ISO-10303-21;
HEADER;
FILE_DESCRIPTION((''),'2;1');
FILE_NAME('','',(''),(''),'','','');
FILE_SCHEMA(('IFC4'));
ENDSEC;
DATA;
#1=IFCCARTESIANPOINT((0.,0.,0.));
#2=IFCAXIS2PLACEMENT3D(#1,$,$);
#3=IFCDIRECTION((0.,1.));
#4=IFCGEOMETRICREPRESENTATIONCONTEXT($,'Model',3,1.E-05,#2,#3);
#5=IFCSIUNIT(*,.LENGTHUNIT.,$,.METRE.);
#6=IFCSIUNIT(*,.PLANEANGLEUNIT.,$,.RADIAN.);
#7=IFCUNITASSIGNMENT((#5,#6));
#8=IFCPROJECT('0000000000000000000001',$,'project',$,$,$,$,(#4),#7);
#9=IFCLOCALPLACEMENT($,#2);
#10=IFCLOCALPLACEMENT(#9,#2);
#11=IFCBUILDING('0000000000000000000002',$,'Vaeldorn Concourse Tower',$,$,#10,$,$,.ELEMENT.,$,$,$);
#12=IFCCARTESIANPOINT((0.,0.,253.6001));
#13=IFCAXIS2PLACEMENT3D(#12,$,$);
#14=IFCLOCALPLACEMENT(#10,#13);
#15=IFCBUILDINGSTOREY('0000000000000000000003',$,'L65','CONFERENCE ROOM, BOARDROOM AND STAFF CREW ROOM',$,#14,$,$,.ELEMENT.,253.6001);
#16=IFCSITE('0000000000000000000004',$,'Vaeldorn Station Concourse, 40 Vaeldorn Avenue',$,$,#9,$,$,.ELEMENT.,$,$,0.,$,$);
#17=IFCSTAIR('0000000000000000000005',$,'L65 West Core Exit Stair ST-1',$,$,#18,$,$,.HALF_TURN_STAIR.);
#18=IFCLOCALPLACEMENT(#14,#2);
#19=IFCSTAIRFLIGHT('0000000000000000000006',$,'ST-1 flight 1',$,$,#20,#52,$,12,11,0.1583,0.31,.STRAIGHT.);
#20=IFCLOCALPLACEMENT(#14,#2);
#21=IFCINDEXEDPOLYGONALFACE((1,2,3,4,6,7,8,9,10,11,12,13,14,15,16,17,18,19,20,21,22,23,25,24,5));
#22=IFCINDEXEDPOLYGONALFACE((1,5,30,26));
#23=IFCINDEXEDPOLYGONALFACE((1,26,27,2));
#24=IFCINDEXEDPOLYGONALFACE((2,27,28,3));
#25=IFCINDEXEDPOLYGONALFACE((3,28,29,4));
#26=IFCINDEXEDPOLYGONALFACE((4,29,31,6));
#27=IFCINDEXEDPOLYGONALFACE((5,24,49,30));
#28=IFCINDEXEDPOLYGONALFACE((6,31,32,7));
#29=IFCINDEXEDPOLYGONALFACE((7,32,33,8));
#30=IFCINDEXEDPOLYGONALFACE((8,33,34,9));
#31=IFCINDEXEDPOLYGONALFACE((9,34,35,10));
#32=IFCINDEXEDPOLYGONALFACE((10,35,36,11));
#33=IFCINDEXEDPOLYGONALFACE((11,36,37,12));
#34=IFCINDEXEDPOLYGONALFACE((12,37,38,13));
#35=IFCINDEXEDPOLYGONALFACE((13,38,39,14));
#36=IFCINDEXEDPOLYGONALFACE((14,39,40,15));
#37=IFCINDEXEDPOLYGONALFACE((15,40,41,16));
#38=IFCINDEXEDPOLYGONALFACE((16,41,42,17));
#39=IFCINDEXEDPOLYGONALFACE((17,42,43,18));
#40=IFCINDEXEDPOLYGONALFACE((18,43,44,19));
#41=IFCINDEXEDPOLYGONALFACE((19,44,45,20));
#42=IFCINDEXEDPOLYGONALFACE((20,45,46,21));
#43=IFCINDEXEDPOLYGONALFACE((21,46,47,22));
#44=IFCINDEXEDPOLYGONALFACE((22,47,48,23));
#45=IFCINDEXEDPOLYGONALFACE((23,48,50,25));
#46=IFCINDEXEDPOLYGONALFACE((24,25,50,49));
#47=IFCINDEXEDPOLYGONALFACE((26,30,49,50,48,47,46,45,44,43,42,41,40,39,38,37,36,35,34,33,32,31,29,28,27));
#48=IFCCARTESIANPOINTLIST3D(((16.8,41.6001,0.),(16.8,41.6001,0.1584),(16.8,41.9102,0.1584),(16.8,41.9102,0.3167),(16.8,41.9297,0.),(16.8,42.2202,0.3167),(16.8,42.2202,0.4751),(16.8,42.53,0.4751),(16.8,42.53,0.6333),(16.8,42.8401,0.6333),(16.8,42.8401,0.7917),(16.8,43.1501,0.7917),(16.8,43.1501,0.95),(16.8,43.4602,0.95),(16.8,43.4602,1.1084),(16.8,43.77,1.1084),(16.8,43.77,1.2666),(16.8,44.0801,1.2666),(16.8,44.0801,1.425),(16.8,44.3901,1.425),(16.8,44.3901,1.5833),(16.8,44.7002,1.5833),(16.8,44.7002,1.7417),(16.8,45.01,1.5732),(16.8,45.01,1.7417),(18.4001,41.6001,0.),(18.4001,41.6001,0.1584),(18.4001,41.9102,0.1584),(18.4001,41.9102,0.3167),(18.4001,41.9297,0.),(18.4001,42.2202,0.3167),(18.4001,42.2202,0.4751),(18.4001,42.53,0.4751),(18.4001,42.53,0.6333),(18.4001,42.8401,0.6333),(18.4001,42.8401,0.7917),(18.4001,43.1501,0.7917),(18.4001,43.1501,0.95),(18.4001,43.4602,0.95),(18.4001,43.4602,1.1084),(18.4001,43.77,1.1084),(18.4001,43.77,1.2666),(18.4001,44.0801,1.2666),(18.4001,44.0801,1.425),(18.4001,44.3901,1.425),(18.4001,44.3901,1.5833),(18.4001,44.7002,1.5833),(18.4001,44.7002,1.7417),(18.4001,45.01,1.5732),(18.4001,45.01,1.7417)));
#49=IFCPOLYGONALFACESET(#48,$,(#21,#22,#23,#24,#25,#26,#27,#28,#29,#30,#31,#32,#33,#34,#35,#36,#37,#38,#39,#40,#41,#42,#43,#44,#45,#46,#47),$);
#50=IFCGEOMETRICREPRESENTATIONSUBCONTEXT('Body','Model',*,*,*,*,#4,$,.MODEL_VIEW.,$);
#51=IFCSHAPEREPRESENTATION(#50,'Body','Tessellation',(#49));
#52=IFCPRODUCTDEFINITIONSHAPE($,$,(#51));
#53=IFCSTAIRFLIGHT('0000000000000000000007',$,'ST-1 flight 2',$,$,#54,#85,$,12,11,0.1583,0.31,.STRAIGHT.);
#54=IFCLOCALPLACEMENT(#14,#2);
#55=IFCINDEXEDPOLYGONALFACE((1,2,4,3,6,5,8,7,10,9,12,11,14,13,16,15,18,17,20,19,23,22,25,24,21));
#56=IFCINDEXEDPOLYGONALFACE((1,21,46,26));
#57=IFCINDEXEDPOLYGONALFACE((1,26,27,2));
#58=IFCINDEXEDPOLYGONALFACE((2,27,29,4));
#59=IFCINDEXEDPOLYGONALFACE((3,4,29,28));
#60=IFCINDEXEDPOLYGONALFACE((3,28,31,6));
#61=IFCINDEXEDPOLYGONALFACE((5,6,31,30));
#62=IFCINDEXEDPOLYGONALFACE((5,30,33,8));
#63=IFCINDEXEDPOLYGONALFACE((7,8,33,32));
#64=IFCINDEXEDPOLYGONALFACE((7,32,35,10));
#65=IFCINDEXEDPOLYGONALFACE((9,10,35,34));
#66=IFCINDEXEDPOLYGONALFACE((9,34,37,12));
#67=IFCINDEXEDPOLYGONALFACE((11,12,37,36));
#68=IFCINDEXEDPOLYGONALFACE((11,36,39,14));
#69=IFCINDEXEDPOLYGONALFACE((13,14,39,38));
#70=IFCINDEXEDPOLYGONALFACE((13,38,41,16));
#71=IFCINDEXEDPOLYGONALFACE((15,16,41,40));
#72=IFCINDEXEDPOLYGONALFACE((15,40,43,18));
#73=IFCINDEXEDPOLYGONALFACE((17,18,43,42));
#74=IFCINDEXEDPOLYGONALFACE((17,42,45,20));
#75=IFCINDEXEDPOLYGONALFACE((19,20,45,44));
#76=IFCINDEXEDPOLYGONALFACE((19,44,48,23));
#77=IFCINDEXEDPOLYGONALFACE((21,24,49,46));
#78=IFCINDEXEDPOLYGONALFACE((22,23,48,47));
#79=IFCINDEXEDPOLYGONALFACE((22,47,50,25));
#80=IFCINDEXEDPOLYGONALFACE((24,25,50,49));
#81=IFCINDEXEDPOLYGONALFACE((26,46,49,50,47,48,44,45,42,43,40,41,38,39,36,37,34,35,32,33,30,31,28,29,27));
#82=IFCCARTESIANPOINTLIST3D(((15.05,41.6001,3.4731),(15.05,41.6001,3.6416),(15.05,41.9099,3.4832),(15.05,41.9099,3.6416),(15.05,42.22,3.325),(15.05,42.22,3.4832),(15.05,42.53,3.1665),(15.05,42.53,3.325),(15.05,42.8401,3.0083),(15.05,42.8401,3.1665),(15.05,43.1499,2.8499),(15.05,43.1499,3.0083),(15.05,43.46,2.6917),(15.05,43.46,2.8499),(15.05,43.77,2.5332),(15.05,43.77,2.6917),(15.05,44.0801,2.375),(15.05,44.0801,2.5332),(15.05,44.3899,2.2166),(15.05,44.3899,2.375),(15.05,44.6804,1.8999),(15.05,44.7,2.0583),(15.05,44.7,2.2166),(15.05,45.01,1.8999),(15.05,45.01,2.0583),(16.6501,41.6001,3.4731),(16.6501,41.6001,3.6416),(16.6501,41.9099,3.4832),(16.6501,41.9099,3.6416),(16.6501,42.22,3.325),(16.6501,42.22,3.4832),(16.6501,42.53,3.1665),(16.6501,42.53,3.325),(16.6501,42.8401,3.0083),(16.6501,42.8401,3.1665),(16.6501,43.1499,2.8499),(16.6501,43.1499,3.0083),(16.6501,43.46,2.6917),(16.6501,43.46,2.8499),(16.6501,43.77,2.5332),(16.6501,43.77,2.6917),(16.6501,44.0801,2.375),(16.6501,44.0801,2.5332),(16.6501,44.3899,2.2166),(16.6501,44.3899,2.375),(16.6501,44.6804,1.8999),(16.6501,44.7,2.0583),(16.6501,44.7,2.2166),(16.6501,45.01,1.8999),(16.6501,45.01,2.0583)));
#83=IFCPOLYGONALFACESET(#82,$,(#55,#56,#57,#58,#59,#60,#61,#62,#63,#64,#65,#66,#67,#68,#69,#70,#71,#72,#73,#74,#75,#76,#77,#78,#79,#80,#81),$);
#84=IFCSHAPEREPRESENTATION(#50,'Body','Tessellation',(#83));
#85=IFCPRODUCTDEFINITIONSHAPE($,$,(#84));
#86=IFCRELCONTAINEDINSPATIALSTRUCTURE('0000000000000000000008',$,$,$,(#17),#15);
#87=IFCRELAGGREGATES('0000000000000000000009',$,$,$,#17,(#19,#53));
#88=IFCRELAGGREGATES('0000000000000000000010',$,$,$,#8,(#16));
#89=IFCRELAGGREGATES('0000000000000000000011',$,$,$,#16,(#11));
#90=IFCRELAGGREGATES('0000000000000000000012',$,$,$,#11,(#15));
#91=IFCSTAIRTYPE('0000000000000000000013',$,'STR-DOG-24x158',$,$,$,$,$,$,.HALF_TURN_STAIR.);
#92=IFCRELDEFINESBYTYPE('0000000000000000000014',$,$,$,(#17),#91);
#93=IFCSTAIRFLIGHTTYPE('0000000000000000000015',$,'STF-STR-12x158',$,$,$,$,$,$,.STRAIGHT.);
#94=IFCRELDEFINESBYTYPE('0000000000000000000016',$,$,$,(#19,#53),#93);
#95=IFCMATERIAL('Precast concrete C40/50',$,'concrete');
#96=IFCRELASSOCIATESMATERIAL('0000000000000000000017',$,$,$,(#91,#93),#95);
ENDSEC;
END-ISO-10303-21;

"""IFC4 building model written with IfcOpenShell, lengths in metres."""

from ifc_helpers import new_model, si_unit, direction, frame, origin, place, context, subcontext, project, spatial, polyline, outline, extrude, material, type_object, element, aggregate, save


model = new_model("IFC4")

# Units and contexts
model_context = context("Model", 3, precision=1e-05, world=origin(), true_north=direction((0.0, 1.0)))
body_context = subcontext(model_context, "Body", "Model", "MODEL_VIEW")
ifc_project = project(units=[si_unit("LENGTHUNIT", "METRE"), si_unit("PLANEANGLEUNIT", "RADIAN")], contexts=[model_context])

# Site, building, storey
site_placement = place(None, origin())
site = spatial("IfcSite", under=ifc_project, at=site_placement, Name="Vaeldorn Station Concourse, 40 Vaeldorn Avenue", CompositionType="ELEMENT", RefElevation=0.0)
building_placement = place(site_placement, origin())
building = spatial("IfcBuilding", under=site, at=building_placement, Name="Vaeldorn Concourse Tower", CompositionType="ELEMENT")
storey_placement = place(building_placement, frame((0.0, 0.0, 253.6001)))
storey = spatial("IfcBuildingStorey", under=building, at=storey_placement, Name="L65", Description="CONFERENCE ROOM, BOARDROOM AND STAFF CREW ROOM", CompositionType="ELEMENT", Elevation=253.6001)

# Stair, stair flights
ifc_material_1 = material(Name="Precast concrete C40/50", Category="concrete")
stair_type = type_object("IfcStairType", Name="STR-DOG-24x158", PredefinedType="HALF_TURN_STAIR", material=ifc_material_1)
stair_placement = place(storey_placement, origin())
stair = element("IfcStair", 1, at=stair_placement, inside=storey, type_object=stair_type, Name="L65 West Core Exit Stair ST-1", PredefinedType="HALF_TURN_STAIR")
stair_flight_type = type_object("IfcStairFlightType", Name="STF-STR-12x158", PredefinedType="STRAIGHT", material=ifc_material_1)
stair_flight_1_placement = place(storey_placement, frame((17.6001, 41.6001, 0.0), z_axis=(0.0, 0.0, 1.0), x_axis=(0.0, 1.0, 0.0)))
stair_flight_1 = element("IfcStairFlight", 2, at=stair_flight_1_placement, type_object=stair_flight_type, Name="ST-1 flight 1", NumberOfRisers=12, NumberOfTreads=11, PredefinedType="STRAIGHT", RiserHeight=0.1583, TreadLength=0.31, context=body_context, shape_type="SweptSolid", body=[
    extrude(outline(polyline([(0.0, 0.0), (0.0, 0.1584), (0.3101, 0.1584), (0.3101, 0.3167), (0.6201, 0.3167), (0.6201, 0.4751), (0.9299, 0.4751), (0.9299, 0.6333), (1.24, 0.6333), (1.24, 0.7917), (1.55, 0.7917), (1.55, 0.95), (1.8601, 0.95), (1.8601, 1.1084), (2.1699, 1.1084), (2.1699, 1.2666), (2.48, 1.2666), (2.48, 1.425), (2.79, 1.425), (2.79, 1.5833), (3.1001, 1.5833), (3.1001, 1.7417), (3.4099, 1.7417), (3.4099, 1.8999), (3.4099, 1.5732), (0.3296, 0.0), (0.0, 0.0)])), frame((0.0, 0.8, 0.0), z_axis=(0.0, -1.0, 0.0), x_axis=(1.0, 0.0, 0.0)), (0.0, 0.0, 1.0), 1.6001),
])
stair_flight_2_placement = place(storey_placement, frame((15.8501, 45.01, 1.8999), z_axis=(0.0, 0.0, 1.0), x_axis=(0.0, -1.0, 0.0)))
stair_flight_2 = element("IfcStairFlight", 3, at=stair_flight_2_placement, type_object=stair_flight_type, Name="ST-1 flight 2", NumberOfRisers=12, NumberOfTreads=11, PredefinedType="STRAIGHT", RiserHeight=0.1583, TreadLength=0.31, context=body_context, shape_type="SweptSolid", body=[
    extrude(outline(polyline([(0.0, 0.0), (0.0, 0.1584), (0.3101, 0.1584), (0.3101, 0.3167), (0.6201, 0.3167), (0.6201, 0.4751), (0.9299, 0.4751), (0.9299, 0.6333), (1.24, 0.6333), (1.24, 0.7917), (1.55, 0.7917), (1.55, 0.95), (1.8601, 0.95), (1.8601, 1.1084), (2.1699, 1.1084), (2.1699, 1.2666), (2.48, 1.2666), (2.48, 1.425), (2.79, 1.425), (2.79, 1.5833), (3.1001, 1.5833), (3.1001, 1.7417), (3.4099, 1.7417), (3.4099, 1.8999), (3.4099, 1.5732), (0.3296, 0.0), (0.0, 0.0)])), frame((0.0, 0.8, 0.0), z_axis=(0.0, -1.0, 0.0), x_axis=(1.0, 0.0, 0.0)), (0.0, 0.0, 1.0), 1.6001),
])
aggregate(stair, [stair_flight_1, stair_flight_2])

save(model, "model.ifc")
